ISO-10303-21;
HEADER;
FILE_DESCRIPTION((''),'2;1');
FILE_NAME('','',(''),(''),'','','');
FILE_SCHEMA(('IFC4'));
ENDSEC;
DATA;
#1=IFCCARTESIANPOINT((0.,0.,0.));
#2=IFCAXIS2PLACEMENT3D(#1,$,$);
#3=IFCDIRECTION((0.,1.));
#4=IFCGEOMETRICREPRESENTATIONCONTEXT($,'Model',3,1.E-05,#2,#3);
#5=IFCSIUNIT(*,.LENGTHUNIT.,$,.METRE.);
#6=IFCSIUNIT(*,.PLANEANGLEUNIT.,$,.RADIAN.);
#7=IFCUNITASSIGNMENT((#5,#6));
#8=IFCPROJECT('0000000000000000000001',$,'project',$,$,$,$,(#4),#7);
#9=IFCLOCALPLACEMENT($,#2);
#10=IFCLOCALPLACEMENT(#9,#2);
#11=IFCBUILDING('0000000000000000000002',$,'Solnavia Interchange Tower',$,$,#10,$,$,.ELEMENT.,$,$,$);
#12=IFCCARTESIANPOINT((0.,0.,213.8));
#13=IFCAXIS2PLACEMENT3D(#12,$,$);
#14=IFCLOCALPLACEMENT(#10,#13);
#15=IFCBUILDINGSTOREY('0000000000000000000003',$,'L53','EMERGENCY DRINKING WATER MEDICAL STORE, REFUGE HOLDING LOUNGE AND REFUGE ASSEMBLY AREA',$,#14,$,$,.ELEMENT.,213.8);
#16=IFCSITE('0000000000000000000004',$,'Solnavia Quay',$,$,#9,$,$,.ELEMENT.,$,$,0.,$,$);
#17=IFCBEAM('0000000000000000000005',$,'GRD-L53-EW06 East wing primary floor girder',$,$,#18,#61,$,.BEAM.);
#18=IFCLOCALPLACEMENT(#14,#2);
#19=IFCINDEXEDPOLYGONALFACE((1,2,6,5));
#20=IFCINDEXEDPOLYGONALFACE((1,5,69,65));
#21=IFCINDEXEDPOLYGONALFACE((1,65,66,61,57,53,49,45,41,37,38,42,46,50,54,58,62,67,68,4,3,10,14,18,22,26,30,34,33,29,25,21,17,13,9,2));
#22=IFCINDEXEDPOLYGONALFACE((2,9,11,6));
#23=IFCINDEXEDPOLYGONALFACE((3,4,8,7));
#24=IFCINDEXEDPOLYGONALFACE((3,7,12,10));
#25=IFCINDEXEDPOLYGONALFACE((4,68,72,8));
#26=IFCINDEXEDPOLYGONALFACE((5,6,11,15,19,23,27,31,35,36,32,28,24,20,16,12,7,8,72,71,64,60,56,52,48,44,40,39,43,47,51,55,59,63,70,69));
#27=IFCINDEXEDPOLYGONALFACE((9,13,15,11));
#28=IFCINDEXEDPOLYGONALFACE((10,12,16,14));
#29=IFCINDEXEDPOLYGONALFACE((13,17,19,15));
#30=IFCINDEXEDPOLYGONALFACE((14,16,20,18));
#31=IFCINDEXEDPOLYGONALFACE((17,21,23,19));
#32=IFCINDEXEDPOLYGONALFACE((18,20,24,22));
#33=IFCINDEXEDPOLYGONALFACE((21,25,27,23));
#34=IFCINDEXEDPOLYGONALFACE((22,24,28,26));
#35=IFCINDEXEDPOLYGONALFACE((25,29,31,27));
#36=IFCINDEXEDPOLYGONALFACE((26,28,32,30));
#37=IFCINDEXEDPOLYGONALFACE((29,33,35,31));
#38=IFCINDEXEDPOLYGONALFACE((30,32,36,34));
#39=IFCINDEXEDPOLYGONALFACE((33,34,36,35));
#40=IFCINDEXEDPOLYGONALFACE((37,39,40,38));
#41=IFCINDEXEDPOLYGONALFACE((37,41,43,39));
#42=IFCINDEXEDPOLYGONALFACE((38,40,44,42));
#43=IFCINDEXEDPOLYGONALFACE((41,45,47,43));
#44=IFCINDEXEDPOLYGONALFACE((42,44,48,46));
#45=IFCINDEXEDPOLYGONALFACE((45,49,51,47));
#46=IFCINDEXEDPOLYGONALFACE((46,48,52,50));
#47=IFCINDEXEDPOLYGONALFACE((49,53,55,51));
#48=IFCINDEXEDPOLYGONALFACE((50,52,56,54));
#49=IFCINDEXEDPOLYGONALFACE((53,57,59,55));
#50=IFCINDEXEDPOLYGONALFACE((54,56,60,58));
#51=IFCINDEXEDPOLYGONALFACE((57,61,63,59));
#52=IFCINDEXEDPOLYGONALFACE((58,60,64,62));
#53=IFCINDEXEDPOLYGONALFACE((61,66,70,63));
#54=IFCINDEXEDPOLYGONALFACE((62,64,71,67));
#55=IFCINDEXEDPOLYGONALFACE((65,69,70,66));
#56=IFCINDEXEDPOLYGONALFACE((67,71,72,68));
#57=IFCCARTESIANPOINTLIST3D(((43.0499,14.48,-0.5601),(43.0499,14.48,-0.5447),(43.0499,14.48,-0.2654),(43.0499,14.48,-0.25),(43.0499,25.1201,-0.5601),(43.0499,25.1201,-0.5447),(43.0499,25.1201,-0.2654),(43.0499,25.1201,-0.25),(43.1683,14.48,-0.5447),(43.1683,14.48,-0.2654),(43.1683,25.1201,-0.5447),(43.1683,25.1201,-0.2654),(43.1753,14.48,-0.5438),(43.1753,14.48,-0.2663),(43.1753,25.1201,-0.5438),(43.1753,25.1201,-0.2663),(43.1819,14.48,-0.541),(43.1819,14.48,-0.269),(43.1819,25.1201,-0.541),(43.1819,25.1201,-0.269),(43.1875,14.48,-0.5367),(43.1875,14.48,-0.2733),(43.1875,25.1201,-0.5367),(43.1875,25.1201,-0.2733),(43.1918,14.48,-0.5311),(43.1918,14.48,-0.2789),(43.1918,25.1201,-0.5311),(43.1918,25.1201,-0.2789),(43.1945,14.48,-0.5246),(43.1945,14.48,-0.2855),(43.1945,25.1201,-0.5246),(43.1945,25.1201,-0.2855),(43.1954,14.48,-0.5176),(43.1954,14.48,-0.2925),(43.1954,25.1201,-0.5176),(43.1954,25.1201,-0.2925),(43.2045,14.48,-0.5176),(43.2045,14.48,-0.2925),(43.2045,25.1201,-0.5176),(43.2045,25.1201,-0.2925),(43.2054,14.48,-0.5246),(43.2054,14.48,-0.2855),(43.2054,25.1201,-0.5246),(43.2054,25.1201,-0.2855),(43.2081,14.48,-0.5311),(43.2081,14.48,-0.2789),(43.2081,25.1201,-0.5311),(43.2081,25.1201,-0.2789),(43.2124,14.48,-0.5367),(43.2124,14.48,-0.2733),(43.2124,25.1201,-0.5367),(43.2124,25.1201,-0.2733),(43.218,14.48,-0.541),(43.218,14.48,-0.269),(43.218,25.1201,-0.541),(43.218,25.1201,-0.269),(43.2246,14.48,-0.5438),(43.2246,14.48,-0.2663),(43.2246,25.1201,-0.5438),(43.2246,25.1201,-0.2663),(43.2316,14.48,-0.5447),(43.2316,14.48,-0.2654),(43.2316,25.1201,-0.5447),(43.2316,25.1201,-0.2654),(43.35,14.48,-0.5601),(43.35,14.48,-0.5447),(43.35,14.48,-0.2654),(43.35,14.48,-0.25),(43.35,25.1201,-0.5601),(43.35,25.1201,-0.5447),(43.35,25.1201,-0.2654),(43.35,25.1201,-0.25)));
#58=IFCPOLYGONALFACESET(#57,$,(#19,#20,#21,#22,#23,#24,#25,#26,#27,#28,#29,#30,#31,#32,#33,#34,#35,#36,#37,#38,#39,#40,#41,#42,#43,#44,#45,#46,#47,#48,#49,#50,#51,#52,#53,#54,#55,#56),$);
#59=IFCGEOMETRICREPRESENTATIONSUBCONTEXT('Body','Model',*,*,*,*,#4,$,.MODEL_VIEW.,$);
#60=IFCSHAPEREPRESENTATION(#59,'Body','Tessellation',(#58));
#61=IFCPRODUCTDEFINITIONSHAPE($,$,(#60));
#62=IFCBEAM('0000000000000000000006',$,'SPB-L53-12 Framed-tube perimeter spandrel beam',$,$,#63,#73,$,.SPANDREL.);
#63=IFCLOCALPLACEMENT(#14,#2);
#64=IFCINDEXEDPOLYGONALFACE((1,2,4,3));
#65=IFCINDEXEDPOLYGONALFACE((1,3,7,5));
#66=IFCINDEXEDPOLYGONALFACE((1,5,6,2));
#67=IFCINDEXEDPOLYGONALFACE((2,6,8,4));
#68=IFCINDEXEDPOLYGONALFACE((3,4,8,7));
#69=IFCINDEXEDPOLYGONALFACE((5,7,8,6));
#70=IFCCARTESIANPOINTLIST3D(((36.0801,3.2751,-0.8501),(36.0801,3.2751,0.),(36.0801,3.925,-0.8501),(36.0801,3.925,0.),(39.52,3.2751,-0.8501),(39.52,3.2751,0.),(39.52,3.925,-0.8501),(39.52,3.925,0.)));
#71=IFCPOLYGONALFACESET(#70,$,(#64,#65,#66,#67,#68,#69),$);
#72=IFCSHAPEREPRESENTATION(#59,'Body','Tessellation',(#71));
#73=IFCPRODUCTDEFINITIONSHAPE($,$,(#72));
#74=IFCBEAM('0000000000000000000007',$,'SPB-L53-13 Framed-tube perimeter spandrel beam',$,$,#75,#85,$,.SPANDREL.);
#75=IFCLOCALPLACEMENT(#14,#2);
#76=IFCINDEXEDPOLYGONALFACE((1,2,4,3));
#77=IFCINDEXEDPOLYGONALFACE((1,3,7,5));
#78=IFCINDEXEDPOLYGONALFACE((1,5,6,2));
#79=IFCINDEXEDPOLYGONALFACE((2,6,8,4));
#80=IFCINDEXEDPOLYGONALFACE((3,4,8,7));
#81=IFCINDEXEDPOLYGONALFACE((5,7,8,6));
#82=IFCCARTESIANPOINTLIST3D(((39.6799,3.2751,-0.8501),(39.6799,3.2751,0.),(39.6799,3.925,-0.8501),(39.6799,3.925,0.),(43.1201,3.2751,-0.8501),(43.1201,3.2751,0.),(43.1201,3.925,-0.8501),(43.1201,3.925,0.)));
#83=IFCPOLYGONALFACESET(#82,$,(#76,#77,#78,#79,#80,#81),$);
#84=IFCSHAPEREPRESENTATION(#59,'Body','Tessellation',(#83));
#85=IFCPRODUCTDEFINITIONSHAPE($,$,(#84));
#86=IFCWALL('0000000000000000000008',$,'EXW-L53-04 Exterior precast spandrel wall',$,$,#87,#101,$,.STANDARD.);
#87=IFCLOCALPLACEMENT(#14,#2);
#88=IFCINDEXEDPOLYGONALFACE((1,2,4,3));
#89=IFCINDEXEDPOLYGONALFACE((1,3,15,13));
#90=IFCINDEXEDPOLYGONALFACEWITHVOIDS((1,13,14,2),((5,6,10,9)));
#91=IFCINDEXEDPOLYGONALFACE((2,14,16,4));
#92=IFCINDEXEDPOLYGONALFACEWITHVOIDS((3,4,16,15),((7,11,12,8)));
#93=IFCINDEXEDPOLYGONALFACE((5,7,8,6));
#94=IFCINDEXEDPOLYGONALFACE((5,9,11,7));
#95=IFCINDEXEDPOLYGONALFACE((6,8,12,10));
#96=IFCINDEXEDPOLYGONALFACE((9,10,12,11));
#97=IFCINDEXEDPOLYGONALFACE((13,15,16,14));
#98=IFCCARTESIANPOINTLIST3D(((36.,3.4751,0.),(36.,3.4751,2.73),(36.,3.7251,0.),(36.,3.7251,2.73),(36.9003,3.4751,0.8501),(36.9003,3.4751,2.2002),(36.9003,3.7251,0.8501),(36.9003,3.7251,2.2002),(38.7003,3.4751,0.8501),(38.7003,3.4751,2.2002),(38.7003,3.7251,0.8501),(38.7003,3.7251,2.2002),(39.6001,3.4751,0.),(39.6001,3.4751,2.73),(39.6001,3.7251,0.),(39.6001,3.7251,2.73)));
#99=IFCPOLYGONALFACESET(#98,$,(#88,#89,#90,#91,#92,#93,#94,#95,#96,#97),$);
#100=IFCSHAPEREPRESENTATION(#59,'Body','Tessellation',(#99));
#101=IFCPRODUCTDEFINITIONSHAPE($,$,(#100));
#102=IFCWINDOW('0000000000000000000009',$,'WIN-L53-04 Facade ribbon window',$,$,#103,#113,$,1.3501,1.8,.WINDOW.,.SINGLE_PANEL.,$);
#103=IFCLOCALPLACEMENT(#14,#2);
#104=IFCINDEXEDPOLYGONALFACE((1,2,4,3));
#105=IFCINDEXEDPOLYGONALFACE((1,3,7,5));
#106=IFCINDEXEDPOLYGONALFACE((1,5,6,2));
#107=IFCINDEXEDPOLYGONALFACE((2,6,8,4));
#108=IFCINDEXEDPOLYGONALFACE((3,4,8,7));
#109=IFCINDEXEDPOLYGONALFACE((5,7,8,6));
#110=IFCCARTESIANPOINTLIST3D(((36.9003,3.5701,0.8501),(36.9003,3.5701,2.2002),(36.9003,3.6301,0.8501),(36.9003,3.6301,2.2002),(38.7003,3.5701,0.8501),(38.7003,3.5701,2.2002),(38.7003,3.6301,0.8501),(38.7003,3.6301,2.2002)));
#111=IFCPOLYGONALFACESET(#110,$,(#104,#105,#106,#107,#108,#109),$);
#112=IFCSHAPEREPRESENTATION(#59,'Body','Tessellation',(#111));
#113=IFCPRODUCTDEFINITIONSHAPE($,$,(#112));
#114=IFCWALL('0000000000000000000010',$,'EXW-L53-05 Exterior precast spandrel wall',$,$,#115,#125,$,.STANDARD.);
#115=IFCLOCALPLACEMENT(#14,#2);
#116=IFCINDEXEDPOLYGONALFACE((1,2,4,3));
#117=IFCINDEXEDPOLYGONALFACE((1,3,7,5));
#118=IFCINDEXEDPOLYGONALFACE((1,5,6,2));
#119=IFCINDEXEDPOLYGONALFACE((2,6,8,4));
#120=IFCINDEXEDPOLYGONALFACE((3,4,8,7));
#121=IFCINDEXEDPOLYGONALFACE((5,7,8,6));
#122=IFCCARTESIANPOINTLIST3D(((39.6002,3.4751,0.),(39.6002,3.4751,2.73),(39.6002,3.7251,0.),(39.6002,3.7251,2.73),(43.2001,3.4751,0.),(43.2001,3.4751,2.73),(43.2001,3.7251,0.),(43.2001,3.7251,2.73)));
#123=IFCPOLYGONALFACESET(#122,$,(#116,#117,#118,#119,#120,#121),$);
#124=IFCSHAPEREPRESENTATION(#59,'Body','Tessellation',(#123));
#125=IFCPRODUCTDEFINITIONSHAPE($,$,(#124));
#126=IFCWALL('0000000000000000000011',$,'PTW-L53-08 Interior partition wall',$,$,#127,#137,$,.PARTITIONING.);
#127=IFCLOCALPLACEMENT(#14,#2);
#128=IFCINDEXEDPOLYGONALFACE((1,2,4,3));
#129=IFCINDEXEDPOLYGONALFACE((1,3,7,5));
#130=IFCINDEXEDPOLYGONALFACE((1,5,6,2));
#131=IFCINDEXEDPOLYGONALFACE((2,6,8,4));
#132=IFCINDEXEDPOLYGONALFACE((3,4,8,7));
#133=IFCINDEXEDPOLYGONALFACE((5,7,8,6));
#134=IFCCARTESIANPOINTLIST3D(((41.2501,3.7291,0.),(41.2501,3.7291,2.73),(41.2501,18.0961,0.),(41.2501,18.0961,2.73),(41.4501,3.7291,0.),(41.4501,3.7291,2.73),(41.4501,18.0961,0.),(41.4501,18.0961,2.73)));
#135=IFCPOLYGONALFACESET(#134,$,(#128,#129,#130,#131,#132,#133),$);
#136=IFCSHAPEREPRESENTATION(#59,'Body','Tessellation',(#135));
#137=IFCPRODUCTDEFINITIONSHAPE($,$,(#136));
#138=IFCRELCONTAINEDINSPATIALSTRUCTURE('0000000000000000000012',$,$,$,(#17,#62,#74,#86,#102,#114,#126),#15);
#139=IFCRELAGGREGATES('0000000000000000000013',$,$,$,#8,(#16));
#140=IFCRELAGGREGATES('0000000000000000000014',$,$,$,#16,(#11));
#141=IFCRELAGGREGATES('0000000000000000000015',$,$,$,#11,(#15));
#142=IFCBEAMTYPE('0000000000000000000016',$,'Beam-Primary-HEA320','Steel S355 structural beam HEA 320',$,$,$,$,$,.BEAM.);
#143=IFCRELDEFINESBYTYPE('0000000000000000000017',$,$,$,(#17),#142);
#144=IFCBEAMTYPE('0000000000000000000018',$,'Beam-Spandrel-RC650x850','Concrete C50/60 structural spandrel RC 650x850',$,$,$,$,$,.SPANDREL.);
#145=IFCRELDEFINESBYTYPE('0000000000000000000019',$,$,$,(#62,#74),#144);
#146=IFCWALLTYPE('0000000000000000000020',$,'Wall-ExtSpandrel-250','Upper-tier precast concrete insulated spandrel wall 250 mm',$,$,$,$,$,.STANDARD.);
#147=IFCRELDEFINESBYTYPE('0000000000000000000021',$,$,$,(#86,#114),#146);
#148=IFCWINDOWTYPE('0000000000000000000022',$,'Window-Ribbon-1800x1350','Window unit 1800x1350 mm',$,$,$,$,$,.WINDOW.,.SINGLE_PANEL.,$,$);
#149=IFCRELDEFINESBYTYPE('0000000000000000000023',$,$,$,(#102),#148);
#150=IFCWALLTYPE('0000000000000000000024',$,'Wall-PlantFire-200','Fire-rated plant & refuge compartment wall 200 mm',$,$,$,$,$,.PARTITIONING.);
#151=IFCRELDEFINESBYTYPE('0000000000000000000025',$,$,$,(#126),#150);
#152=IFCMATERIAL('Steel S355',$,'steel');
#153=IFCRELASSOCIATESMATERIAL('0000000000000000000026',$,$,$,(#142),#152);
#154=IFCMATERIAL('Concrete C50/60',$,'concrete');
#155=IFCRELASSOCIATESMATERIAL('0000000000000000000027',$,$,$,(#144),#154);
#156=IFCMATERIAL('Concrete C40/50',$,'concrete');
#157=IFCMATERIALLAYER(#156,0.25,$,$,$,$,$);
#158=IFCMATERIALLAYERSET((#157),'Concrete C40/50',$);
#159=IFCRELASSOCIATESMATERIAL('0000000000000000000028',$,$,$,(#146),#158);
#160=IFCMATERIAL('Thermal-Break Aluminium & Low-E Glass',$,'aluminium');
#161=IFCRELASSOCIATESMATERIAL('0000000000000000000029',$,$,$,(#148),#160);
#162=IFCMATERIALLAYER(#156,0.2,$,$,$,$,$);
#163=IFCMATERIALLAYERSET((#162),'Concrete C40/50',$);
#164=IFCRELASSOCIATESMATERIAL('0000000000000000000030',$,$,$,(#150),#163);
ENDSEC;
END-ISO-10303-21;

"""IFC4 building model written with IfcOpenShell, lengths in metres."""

from ifc_helpers import new_model, si_unit, direction, frame, frame_2d, origin, origin_2d, place, context, subcontext, project, spatial, rectangle, i_section, extrude, material, layer, layer_set, material_profile, profile_set, type_object, element, fill, save


model = new_model("IFC4")

# Units and contexts
model_context = context("Model", 3, precision=1e-05, world=origin(), true_north=direction((0.0, 1.0)))
body_context = subcontext(model_context, "Body", "Model", "MODEL_VIEW")
ifc_project = project(units=[si_unit("LENGTHUNIT", "METRE"), si_unit("PLANEANGLEUNIT", "RADIAN")], contexts=[model_context])

# Site, building, storey
site_placement = place(None, origin())
site = spatial("IfcSite", under=ifc_project, at=site_placement, Name="Solnavia Quay", CompositionType="ELEMENT", RefElevation=0.0)
building_placement = place(site_placement, origin())
building = spatial("IfcBuilding", under=site, at=building_placement, Name="Solnavia Interchange Tower", CompositionType="ELEMENT")
storey_placement = place(building_placement, frame((0.0, 0.0, 213.8)))
storey = spatial("IfcBuildingStorey", under=building, at=storey_placement, Name="L53", Description="EMERGENCY DRINKING WATER MEDICAL STORE, REFUGE HOLDING LOUNGE AND REFUGE ASSEMBLY AREA", CompositionType="ELEMENT", Elevation=213.8)

# Shared definitions
ifc_material_1 = material(Name="Concrete C50/60", Category="concrete")

# Beams
ifc_material_2 = material(Name="Steel S355", Category="steel")
ifc_material_profile_1 = material_profile(ifc_material_2, i_section(OverallWidth=0.3, OverallDepth=0.3101, WebThickness=0.009, FlangeThickness=0.0154, FilletRadius=0.0271, at=origin_2d()), Name="HEA 320")
ifc_profile_set_1 = profile_set([ifc_material_profile_1], Name="Steel S355")
beam_type_1 = type_object("IfcBeamType", Name="Beam-Primary-HEA320", Description="Steel S355 structural beam HEA 320", PredefinedType="BEAM", material=ifc_profile_set_1)
for number, where, z_axis, x_axis, name in (
    (1, (43.2, 14.48, -0.405), (0.0, 1.0, 0.0), (-1.0, 0.0, 0.0), "GRD-L53-EW06 East wing primary floor girder"),
):
    element("IfcBeam", number, at=place(storey_placement, frame(where, z_axis=z_axis, x_axis=x_axis)), inside=storey, type_object=beam_type_1, Name=name, PredefinedType="BEAM", context=body_context, shape_type="SweptSolid", body=[
        extrude(i_section(OverallWidth=0.3, OverallDepth=0.3101, WebThickness=0.009, FlangeThickness=0.0154, FilletRadius=0.0271, at=origin_2d()), origin(), (0.0, 0.0, 1.0), 10.6401),
    ])
ifc_material_profile_2 = material_profile(ifc_material_1, rectangle(XDim=0.6499, YDim=0.8501, at=origin_2d()), Name="RC 650x850")
ifc_profile_set_2 = profile_set([ifc_material_profile_2], Name="Concrete C50/60")
beam_type_2 = type_object("IfcBeamType", Name="Beam-Spandrel-RC650x850", Description="Concrete C50/60 structural spandrel RC 650x850", PredefinedType="SPANDREL", material=ifc_profile_set_2)
beam_1_placement = place(storey_placement, frame((36.0801, 3.6001, -0.425), z_axis=(1.0, 0.0, 0.0), x_axis=(0.0, 1.0, 0.0)))
element("IfcBeam", 2, at=beam_1_placement, inside=storey, type_object=beam_type_2, Name="SPB-L53-12 Framed-tube perimeter spandrel beam", PredefinedType="SPANDREL", context=body_context, shape_type="SweptSolid", body=[
    extrude(rectangle(XDim=0.6499, YDim=0.8501, at=origin_2d()), origin(), (0.0, 0.0, 1.0), 3.4399),
])
beam_2_placement = place(storey_placement, frame((39.6799, 3.6001, -0.425), z_axis=(1.0, 0.0, 0.0), x_axis=(0.0, 1.0, 0.0)))
element("IfcBeam", 3, at=beam_2_placement, inside=storey, type_object=beam_type_2, Name="SPB-L53-13 Framed-tube perimeter spandrel beam", PredefinedType="SPANDREL", context=body_context, shape_type="SweptSolid", body=[
    extrude(rectangle(XDim=0.6499, YDim=0.8501, at=origin_2d()), origin(), (0.0, 0.0, 1.0), 3.4402),
])

# Wall, opening, window
ifc_material_3 = material(Name="Concrete C40/50", Category="concrete")
ifc_layer_1 = layer(ifc_material_3, 0.25)
ifc_layer_set_1 = layer_set([ifc_layer_1], Name="Concrete C40/50")
wall_type_1 = type_object("IfcWallType", Name="Wall-ExtSpandrel-250", Description="Upper-tier precast concrete insulated spandrel wall 250 mm", PredefinedType="STANDARD", material=ifc_layer_set_1)
wall_1_placement = place(storey_placement, frame((39.6001, 3.6001, 0.0), z_axis=(0.0, 0.0, 1.0), x_axis=(-1.0, 0.0, 0.0)))
wall_1 = element("IfcWall", 4, at=wall_1_placement, inside=storey, type_object=wall_type_1, Name="EXW-L53-04 Exterior precast spandrel wall", PredefinedType="STANDARD", context=body_context, shape_type="SweptSolid", body=[
    extrude(rectangle(XDim=3.6001, YDim=0.25, at=frame_2d((1.8, 0.0))), origin(), (0.0, 0.0, 1.0), 2.73),
])
opening_placement = place(wall_1_placement, frame((0.8999, 0.0, 0.8501)))
opening = element("IfcOpeningElement", 5, at=opening_placement, cuts=wall_1, PredefinedType="OPENING", context=body_context, shape_type="SweptSolid", body=[
    extrude(rectangle(XDim=1.8, YDim=1.3501, at=frame_2d((0.8999, 0.675))), frame((0.0, 0.135, 0.0), z_axis=(0.0, -1.0, 0.0), x_axis=(1.0, 0.0, 0.0)), (0.0, 0.0, 1.0), 0.27),
])
ifc_material_4 = material(Name="Thermal-Break Aluminium & Low-E Glass", Category="aluminium")
window_type = type_object("IfcWindowType", Name="Window-Ribbon-1800x1350", Description="Window unit 1800x1350 mm", PartitioningType="SINGLE_PANEL", PredefinedType="WINDOW", material=ifc_material_4)
window_placement = place(opening_placement, origin())
window = element("IfcWindow", 6, at=window_placement, inside=storey, type_object=window_type, Name="WIN-L53-04 Facade ribbon window", OverallHeight=1.3501, OverallWidth=1.8, PartitioningType="SINGLE_PANEL", PredefinedType="WINDOW", context=body_context, shape_type="SweptSolid", body=[
    extrude(rectangle(XDim=1.8, YDim=1.3501, at=frame_2d((0.8999, 0.675))), frame((0.0, 0.03, 0.0), z_axis=(0.0, -1.0, 0.0), x_axis=(1.0, 0.0, 0.0)), (0.0, 0.0, 1.0), 0.0601),
])
fill(opening, window)

# Walls
wall_2_placement = place(storey_placement, frame((43.2, 3.6001, 0.0), z_axis=(0.0, 0.0, 1.0), x_axis=(-1.0, 0.0, 0.0)))
element("IfcWall", 7, at=wall_2_placement, inside=storey, type_object=wall_type_1, Name="EXW-L53-05 Exterior precast spandrel wall", PredefinedType="STANDARD", context=body_context, shape_type="SweptSolid", body=[
    extrude(rectangle(XDim=3.5999, YDim=0.25, at=frame_2d((1.7998, 0.0))), origin(), (0.0, 0.0, 1.0), 2.73),
])
ifc_layer_2 = layer(ifc_material_3, 0.2)
ifc_layer_set_2 = layer_set([ifc_layer_2], Name="Concrete C40/50")
wall_type_2 = type_object("IfcWallType", Name="Wall-PlantFire-200", Description="Fire-rated plant & refuge compartment wall 200 mm", PredefinedType="PARTITIONING", material=ifc_layer_set_2)
wall_3_placement = place(storey_placement, frame((41.3501, 3.729, 0.0), z_axis=(0.0, 0.0, 1.0), x_axis=(0.0, 1.0, 0.0)))
element("IfcWall", 8, at=wall_3_placement, inside=storey, type_object=wall_type_2, Name="PTW-L53-08 Interior partition wall", PredefinedType="PARTITIONING", context=body_context, shape_type="SweptSolid", body=[
    extrude(rectangle(XDim=14.3669, YDim=0.2, at=frame_2d((7.1836, 0.0))), origin(), (0.0, 0.0, 1.0), 2.73),
])

save(model, "model.ifc")
